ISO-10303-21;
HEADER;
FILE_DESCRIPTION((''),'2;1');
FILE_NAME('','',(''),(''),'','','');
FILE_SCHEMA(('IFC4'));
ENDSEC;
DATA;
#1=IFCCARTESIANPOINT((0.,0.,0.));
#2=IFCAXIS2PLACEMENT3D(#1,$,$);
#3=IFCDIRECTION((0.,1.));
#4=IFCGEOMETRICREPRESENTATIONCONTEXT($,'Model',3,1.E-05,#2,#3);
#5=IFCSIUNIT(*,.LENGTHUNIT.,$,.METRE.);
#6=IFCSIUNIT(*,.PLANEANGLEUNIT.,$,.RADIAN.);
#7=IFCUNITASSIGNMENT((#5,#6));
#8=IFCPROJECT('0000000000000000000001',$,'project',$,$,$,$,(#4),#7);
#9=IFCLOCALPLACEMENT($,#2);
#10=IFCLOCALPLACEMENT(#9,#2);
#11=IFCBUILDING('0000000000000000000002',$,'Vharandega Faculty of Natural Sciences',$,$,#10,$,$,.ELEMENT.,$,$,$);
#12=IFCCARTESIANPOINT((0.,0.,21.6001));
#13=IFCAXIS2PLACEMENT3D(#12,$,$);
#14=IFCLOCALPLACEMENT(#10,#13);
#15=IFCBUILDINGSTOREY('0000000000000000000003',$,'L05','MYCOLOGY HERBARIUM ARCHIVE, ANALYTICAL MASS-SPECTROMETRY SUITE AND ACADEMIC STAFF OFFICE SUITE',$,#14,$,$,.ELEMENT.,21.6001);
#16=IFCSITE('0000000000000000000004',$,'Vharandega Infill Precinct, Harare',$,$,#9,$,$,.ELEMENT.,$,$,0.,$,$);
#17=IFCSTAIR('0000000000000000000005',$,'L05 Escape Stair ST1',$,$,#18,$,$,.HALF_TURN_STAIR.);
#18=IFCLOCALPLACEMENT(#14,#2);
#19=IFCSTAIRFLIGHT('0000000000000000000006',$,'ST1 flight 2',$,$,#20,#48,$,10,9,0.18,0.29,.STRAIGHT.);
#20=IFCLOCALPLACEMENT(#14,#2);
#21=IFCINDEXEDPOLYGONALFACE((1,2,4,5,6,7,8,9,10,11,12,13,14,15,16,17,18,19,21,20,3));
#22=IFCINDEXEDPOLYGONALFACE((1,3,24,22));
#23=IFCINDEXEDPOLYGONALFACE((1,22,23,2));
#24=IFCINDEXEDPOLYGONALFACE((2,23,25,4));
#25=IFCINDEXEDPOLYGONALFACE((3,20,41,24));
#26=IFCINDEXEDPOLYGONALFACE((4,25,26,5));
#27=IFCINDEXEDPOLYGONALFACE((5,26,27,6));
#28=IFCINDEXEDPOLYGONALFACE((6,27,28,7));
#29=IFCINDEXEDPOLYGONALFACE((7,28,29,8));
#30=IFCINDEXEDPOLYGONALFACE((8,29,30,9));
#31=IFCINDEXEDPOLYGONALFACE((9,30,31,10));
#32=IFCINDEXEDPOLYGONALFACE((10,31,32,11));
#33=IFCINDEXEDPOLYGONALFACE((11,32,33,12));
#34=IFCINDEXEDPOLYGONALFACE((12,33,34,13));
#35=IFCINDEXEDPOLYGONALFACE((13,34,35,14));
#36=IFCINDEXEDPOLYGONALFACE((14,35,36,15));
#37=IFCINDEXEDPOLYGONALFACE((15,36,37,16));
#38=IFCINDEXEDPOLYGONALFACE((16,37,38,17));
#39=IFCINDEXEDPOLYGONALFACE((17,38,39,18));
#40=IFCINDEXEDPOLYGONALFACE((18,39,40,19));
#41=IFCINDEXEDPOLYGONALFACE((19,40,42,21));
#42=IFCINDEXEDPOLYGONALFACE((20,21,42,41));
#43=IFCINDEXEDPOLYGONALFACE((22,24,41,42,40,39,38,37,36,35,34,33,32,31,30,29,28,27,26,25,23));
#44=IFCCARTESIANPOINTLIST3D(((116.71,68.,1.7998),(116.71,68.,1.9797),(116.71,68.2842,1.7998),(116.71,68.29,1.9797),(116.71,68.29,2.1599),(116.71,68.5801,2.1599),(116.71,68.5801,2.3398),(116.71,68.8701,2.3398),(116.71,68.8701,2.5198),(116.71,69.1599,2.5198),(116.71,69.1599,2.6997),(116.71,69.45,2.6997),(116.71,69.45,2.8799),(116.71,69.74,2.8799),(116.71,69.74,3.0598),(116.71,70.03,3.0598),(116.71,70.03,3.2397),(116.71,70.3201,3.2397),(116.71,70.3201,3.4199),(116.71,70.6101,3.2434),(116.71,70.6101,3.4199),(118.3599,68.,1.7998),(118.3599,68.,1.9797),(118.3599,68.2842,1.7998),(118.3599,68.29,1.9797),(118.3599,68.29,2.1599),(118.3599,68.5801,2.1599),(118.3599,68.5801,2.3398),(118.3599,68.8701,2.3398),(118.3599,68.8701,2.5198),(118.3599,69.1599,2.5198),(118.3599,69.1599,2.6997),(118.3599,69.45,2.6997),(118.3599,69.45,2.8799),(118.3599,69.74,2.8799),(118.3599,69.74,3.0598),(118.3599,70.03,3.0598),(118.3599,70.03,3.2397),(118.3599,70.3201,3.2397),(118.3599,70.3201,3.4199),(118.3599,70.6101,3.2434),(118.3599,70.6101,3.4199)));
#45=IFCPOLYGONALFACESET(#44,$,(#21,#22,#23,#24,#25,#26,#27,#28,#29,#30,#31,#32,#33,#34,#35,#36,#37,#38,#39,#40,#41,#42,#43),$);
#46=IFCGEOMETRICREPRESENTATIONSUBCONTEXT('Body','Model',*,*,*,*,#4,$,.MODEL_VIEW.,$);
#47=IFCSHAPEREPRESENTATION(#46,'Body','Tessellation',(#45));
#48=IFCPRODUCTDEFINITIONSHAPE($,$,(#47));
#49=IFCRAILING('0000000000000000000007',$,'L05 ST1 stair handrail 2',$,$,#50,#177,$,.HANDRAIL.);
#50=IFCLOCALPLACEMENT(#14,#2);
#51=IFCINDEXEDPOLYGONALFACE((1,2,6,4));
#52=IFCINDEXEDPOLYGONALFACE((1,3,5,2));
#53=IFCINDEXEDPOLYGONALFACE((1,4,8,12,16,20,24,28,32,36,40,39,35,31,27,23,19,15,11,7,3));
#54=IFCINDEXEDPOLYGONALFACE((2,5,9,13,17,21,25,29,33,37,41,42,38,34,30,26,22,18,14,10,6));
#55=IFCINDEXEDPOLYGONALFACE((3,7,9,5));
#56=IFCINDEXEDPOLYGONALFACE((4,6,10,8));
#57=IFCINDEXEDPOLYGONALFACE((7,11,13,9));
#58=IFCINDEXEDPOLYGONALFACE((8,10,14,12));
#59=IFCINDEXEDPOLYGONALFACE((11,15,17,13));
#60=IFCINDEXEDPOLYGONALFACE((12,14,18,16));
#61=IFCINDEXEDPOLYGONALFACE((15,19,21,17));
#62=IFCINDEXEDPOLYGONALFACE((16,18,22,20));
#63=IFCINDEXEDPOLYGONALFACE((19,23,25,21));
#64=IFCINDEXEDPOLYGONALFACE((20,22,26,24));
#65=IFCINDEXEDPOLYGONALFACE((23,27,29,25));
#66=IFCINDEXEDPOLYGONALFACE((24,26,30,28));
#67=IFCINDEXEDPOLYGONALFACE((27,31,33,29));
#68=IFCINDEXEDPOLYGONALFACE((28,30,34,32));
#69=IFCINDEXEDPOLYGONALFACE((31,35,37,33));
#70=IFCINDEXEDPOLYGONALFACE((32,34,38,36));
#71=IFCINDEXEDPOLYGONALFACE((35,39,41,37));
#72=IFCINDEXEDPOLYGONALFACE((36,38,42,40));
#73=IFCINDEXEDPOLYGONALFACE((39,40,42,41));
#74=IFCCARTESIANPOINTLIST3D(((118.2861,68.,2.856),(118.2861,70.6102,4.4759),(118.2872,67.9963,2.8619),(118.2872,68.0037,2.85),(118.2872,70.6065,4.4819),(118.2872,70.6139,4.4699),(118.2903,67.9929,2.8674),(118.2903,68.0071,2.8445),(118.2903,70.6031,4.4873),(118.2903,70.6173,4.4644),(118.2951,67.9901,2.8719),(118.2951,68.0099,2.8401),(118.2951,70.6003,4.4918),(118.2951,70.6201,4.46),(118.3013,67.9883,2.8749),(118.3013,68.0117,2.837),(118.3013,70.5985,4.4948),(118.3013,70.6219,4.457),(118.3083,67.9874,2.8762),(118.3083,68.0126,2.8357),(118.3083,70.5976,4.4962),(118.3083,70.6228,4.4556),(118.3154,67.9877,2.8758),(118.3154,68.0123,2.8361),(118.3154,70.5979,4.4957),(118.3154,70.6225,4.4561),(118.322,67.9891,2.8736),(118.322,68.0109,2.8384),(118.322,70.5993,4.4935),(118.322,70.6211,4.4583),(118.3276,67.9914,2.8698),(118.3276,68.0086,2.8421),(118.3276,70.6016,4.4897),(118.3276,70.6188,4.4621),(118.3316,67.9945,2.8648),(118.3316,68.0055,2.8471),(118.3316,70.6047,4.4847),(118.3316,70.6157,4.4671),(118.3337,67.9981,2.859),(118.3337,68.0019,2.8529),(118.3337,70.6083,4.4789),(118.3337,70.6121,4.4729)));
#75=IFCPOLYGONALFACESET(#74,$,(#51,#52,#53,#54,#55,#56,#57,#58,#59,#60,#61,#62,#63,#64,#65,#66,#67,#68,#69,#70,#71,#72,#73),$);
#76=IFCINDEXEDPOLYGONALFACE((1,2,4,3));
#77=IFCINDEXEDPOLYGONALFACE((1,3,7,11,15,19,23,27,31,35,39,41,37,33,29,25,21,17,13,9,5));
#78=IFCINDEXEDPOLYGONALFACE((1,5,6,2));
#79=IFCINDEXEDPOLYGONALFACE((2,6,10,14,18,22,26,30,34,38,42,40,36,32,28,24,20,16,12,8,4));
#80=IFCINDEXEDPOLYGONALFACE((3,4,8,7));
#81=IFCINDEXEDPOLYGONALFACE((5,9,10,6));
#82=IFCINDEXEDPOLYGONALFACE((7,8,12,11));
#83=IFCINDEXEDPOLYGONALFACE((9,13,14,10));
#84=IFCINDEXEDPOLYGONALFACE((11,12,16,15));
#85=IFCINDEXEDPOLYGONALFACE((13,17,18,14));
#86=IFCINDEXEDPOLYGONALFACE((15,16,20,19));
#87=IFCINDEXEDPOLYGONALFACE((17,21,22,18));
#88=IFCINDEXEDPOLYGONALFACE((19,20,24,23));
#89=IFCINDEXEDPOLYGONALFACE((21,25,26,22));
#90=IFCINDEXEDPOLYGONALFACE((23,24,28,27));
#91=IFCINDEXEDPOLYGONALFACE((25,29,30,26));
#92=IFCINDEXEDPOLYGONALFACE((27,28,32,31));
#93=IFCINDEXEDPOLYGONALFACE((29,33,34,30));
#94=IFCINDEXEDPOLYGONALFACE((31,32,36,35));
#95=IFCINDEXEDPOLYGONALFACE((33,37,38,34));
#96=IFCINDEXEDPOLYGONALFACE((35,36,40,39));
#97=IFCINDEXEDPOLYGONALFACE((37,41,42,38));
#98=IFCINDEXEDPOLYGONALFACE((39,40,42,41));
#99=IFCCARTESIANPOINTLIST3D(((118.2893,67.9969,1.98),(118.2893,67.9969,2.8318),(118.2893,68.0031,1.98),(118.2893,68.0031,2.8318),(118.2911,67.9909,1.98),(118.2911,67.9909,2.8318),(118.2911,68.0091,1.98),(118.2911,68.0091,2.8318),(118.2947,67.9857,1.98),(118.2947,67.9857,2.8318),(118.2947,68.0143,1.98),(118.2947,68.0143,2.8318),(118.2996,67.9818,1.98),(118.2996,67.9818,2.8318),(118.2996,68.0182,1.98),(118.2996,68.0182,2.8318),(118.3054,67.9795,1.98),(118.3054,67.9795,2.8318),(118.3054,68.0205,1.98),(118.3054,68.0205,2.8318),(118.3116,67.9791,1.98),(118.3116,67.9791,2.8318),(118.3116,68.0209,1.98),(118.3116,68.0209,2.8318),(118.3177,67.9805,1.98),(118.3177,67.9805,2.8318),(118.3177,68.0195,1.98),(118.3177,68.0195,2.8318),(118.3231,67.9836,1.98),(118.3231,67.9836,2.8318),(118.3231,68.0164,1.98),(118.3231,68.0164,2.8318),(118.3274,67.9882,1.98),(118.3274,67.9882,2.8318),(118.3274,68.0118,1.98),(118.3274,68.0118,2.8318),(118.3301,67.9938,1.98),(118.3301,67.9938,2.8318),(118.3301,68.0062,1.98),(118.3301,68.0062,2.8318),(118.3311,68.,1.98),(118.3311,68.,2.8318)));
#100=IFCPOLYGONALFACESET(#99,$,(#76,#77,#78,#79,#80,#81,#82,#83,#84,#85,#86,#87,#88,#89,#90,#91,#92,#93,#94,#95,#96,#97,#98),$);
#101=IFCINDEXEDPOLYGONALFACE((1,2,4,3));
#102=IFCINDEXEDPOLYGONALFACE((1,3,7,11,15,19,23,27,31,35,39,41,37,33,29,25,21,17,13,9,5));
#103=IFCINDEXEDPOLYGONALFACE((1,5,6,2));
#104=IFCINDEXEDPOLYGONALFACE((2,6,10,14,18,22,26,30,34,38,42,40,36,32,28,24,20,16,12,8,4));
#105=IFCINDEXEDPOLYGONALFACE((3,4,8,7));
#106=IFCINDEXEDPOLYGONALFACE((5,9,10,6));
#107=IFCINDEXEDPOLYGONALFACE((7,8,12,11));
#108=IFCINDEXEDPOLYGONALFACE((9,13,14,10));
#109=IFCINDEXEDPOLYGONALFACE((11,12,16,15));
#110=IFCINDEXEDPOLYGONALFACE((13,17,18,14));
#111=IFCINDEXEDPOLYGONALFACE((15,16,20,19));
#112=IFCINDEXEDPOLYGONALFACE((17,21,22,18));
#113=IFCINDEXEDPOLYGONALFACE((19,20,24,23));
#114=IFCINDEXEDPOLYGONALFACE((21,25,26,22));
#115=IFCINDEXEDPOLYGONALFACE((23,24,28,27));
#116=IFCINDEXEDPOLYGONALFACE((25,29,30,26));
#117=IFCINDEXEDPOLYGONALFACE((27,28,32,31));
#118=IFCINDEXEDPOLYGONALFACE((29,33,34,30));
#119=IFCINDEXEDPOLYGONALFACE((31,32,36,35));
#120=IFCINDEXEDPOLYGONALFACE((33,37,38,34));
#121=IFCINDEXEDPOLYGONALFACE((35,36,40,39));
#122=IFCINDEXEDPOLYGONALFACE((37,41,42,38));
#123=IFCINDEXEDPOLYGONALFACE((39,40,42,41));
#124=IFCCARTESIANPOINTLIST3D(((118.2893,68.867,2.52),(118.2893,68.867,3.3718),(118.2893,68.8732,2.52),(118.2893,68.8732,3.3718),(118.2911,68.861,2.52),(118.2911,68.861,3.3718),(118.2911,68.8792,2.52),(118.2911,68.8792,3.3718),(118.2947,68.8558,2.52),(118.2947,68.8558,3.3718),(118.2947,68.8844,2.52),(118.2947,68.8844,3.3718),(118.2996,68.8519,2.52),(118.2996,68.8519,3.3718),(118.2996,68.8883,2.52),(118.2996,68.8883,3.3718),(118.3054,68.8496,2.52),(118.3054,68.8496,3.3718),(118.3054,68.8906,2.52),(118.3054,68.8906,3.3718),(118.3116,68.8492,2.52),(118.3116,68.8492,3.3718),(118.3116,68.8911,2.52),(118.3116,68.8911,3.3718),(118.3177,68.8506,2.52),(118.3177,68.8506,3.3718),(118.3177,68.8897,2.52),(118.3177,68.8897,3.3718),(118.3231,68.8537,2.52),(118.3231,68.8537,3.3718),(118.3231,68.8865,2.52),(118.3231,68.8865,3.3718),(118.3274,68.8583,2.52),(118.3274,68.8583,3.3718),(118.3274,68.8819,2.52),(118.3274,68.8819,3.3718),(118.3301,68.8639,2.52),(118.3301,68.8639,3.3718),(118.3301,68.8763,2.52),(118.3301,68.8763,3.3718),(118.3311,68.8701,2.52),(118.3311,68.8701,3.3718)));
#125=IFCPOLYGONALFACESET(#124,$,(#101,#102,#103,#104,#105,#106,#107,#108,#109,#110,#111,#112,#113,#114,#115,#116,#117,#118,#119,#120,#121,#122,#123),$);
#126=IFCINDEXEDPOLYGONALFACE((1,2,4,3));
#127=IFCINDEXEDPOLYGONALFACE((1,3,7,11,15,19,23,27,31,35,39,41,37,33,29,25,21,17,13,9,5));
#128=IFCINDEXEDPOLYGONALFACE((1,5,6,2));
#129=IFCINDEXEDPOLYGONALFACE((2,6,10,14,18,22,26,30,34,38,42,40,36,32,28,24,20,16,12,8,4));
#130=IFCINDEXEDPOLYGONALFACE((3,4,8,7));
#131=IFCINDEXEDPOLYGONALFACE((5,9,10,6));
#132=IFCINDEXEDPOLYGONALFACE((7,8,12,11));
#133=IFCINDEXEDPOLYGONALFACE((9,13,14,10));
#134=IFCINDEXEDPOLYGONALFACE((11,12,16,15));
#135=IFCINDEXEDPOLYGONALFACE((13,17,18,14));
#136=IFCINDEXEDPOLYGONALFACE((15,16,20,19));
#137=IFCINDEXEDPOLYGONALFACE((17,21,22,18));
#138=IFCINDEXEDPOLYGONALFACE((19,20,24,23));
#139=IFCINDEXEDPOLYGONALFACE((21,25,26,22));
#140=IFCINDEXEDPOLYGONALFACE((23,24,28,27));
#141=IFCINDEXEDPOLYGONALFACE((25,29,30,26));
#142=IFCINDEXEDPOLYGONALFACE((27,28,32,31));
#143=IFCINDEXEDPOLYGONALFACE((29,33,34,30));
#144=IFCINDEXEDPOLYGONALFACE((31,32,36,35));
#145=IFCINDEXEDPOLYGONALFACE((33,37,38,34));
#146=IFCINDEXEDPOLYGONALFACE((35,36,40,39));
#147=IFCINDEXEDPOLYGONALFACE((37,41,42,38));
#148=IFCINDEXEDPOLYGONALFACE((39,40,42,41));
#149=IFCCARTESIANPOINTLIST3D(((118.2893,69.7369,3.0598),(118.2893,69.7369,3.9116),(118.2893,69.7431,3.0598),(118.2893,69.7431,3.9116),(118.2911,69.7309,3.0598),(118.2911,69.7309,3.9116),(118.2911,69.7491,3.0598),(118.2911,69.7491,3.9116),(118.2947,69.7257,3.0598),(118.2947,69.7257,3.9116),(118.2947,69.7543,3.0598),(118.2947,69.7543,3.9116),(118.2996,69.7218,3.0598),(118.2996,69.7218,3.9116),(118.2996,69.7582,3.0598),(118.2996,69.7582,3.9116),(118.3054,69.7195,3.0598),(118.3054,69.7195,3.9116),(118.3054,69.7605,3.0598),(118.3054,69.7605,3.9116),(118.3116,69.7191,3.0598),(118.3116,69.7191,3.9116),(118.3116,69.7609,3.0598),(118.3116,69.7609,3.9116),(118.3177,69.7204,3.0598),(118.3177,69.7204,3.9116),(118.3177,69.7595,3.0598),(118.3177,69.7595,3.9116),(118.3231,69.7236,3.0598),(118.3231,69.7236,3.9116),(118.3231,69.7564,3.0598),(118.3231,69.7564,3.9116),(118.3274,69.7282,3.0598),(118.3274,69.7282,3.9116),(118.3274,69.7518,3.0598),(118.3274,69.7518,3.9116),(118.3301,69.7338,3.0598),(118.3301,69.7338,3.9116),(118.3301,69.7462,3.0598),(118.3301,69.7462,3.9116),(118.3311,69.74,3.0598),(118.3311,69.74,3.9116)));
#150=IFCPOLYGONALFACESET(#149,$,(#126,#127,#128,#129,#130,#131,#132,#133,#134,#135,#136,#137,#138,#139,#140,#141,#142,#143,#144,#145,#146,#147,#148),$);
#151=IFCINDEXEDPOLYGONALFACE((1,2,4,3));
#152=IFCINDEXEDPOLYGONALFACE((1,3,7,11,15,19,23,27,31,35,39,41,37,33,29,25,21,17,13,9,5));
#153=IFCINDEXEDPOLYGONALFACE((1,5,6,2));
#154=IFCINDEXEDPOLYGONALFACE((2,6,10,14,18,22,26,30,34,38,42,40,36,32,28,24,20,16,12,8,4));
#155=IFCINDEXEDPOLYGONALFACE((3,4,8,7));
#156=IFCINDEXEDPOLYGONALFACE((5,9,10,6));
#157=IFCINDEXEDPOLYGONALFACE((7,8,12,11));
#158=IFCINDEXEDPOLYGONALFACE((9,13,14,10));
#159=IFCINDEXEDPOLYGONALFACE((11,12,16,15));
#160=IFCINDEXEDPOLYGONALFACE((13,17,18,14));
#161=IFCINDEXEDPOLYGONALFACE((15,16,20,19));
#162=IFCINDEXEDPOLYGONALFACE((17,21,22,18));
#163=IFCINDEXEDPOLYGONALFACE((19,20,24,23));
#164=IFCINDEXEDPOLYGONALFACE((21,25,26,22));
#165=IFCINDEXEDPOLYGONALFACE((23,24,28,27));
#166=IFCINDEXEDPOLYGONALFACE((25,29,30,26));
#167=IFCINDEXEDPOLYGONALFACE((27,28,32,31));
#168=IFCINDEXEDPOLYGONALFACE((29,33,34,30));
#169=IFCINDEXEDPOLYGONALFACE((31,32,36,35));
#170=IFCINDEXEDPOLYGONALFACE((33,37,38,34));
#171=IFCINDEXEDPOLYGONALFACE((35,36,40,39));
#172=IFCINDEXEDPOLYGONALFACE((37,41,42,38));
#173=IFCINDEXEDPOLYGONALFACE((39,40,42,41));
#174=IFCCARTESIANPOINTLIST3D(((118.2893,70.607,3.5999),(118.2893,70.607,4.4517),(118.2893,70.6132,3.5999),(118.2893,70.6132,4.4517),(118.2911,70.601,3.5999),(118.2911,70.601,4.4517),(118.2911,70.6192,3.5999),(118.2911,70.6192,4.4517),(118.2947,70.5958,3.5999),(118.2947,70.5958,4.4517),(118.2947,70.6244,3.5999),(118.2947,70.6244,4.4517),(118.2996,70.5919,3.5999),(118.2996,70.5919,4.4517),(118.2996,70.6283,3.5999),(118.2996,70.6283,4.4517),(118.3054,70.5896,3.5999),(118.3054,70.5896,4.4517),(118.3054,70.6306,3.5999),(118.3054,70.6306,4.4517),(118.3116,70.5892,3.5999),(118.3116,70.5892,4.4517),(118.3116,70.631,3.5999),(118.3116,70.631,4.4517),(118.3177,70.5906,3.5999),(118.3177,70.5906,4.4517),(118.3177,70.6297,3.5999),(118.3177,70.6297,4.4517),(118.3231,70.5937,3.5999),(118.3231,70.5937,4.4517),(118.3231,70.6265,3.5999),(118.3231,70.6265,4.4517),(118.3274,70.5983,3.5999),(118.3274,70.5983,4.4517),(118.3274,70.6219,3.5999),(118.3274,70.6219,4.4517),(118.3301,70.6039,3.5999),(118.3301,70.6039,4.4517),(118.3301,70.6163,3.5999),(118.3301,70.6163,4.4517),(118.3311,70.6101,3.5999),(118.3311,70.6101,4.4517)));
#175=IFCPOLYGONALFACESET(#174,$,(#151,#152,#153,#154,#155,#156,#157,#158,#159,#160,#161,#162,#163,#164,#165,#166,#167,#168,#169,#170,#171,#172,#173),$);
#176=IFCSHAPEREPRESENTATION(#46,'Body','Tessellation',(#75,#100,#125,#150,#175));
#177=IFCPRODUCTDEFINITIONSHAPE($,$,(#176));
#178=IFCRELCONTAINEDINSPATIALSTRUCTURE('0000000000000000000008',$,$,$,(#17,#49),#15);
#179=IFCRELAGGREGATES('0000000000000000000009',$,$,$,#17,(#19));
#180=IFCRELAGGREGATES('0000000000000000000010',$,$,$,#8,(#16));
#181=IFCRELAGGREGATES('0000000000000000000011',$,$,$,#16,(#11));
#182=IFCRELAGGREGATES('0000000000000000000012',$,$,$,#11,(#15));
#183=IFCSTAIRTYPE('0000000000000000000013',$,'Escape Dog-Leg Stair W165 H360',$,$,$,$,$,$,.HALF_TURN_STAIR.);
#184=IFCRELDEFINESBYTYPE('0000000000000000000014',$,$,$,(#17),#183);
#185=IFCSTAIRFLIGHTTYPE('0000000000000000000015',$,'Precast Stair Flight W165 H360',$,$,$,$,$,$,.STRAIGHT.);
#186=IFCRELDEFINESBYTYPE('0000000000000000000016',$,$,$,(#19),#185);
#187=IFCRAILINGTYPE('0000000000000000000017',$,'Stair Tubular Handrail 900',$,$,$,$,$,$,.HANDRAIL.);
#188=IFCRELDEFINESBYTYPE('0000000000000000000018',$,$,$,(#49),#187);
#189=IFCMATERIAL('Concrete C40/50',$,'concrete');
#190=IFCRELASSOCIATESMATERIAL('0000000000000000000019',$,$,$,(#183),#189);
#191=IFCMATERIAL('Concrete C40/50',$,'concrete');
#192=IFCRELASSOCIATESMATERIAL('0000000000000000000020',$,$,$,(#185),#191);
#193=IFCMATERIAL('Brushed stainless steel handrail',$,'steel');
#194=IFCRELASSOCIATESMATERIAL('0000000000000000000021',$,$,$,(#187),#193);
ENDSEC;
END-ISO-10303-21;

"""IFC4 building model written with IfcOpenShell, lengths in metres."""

from ifc_helpers import new_model, si_unit, direction, frame, origin, origin_2d, place, context, subcontext, project, spatial, polyline, circle, outline, extrude, material, type_object, element, aggregate, save


model = new_model("IFC4")

# Units and contexts
model_context = context("Model", 3, precision=1e-05, world=origin(), true_north=direction((0.0, 1.0)))
body_context = subcontext(model_context, "Body", "Model", "MODEL_VIEW")
ifc_project = project(units=[si_unit("LENGTHUNIT", "METRE"), si_unit("PLANEANGLEUNIT", "RADIAN")], contexts=[model_context])

# Site, building, storey
site_placement = place(None, origin())
site = spatial("IfcSite", under=ifc_project, at=site_placement, Name="Vharandega Infill Precinct, Harare", CompositionType="ELEMENT", RefElevation=0.0)
building_placement = place(site_placement, origin())
building = spatial("IfcBuilding", under=site, at=building_placement, Name="Vharandega Faculty of Natural Sciences", CompositionType="ELEMENT")
storey_placement = place(building_placement, frame((0.0, 0.0, 21.6001)))
storey = spatial("IfcBuildingStorey", under=building, at=storey_placement, Name="L05", Description="MYCOLOGY HERBARIUM ARCHIVE, ANALYTICAL MASS-SPECTROMETRY SUITE AND ACADEMIC STAFF OFFICE SUITE", CompositionType="ELEMENT", Elevation=21.6001)

# Stair, stair flight
ifc_material_1 = material(Name="Concrete C40/50", Category="concrete")
stair_type = type_object("IfcStairType", Name="Escape Dog-Leg Stair W165 H360", PredefinedType="HALF_TURN_STAIR", material=ifc_material_1)
stair_placement = place(storey_placement, origin())
stair = element("IfcStair", 1, at=stair_placement, inside=storey, type_object=stair_type, Name="L05 Escape Stair ST1", PredefinedType="HALF_TURN_STAIR")
ifc_material_2 = material(Name="Concrete C40/50", Category="concrete")
stair_flight_type = type_object("IfcStairFlightType", Name="Precast Stair Flight W165 H360", PredefinedType="STRAIGHT", material=ifc_material_2)
stair_flight_placement = place(storey_placement, frame((117.5349, 68.0, 1.7998), z_axis=(0.0, 0.0, 1.0), x_axis=(0.0, 1.0, 0.0)))
stair_flight = element("IfcStairFlight", 2, at=stair_flight_placement, type_object=stair_flight_type, Name="ST1 flight 2", NumberOfRisers=10, NumberOfTreads=9, PredefinedType="STRAIGHT", RiserHeight=0.18, TreadLength=0.29, context=body_context, shape_type="SweptSolid", body=[
    extrude(outline(polyline([(0.0, 0.0), (0.0, 0.1799), (0.29, 0.1799), (0.29, 0.3601), (0.5801, 0.3601), (0.5801, 0.54), (0.8701, 0.54), (0.8701, 0.72), (1.1599, 0.72), (1.1599, 0.8999), (1.45, 0.8999), (1.45, 1.0801), (1.74, 1.0801), (1.74, 1.26), (2.03, 1.26), (2.03, 1.4399), (2.3201, 1.4399), (2.3201, 1.6201), (2.6101, 1.6201), (2.6101, 1.8), (2.6101, 1.4436), (0.2842, 0.0), (0.0, 0.0)])), frame((0.0, 0.825, 0.0), z_axis=(0.0, -1.0, 0.0), x_axis=(1.0, 0.0, 0.0)), (0.0, 0.0, 1.0), 1.6499),
])
aggregate(stair, [stair_flight])

# Railing
ifc_material_3 = material(Name="Brushed stainless steel handrail", Category="steel")
railing_type = type_object("IfcRailingType", Name="Stair Tubular Handrail 900", PredefinedType="HANDRAIL", material=ifc_material_3)
railing_placement = place(storey_placement, frame((118.3101, 68.0, 1.98)))
element("IfcRailing", 3, at=railing_placement, inside=storey, type_object=railing_type, Name="L05 ST1 stair handrail 2", PredefinedType="HANDRAIL", context=body_context, shape_type="SweptSolid", body=[
    extrude(circle(Radius=0.0239, at=origin_2d()), frame((0.0, 0.0, 0.876), z_axis=(0.0, 0.849668, 0.527317), x_axis=(-1.0, 0.0, 0.0)), (0.0, 0.0, 1.0), 3.072),
    extrude(circle(Radius=0.021, at=origin_2d()), origin(), (0.0, 0.0, 1.0), 0.8518),
    extrude(circle(Radius=0.021, at=origin_2d()), frame((0.0, 0.8701, 0.54)), (0.0, 0.0, 1.0), 0.8518),
    extrude(circle(Radius=0.021, at=origin_2d()), frame((0.0, 1.74, 1.0798)), (0.0, 0.0, 1.0), 0.8518),
    extrude(circle(Radius=0.021, at=origin_2d()), frame((0.0, 2.6101, 1.6199)), (0.0, 0.0, 1.0), 0.8518),
])

save(model, "model.ifc")
